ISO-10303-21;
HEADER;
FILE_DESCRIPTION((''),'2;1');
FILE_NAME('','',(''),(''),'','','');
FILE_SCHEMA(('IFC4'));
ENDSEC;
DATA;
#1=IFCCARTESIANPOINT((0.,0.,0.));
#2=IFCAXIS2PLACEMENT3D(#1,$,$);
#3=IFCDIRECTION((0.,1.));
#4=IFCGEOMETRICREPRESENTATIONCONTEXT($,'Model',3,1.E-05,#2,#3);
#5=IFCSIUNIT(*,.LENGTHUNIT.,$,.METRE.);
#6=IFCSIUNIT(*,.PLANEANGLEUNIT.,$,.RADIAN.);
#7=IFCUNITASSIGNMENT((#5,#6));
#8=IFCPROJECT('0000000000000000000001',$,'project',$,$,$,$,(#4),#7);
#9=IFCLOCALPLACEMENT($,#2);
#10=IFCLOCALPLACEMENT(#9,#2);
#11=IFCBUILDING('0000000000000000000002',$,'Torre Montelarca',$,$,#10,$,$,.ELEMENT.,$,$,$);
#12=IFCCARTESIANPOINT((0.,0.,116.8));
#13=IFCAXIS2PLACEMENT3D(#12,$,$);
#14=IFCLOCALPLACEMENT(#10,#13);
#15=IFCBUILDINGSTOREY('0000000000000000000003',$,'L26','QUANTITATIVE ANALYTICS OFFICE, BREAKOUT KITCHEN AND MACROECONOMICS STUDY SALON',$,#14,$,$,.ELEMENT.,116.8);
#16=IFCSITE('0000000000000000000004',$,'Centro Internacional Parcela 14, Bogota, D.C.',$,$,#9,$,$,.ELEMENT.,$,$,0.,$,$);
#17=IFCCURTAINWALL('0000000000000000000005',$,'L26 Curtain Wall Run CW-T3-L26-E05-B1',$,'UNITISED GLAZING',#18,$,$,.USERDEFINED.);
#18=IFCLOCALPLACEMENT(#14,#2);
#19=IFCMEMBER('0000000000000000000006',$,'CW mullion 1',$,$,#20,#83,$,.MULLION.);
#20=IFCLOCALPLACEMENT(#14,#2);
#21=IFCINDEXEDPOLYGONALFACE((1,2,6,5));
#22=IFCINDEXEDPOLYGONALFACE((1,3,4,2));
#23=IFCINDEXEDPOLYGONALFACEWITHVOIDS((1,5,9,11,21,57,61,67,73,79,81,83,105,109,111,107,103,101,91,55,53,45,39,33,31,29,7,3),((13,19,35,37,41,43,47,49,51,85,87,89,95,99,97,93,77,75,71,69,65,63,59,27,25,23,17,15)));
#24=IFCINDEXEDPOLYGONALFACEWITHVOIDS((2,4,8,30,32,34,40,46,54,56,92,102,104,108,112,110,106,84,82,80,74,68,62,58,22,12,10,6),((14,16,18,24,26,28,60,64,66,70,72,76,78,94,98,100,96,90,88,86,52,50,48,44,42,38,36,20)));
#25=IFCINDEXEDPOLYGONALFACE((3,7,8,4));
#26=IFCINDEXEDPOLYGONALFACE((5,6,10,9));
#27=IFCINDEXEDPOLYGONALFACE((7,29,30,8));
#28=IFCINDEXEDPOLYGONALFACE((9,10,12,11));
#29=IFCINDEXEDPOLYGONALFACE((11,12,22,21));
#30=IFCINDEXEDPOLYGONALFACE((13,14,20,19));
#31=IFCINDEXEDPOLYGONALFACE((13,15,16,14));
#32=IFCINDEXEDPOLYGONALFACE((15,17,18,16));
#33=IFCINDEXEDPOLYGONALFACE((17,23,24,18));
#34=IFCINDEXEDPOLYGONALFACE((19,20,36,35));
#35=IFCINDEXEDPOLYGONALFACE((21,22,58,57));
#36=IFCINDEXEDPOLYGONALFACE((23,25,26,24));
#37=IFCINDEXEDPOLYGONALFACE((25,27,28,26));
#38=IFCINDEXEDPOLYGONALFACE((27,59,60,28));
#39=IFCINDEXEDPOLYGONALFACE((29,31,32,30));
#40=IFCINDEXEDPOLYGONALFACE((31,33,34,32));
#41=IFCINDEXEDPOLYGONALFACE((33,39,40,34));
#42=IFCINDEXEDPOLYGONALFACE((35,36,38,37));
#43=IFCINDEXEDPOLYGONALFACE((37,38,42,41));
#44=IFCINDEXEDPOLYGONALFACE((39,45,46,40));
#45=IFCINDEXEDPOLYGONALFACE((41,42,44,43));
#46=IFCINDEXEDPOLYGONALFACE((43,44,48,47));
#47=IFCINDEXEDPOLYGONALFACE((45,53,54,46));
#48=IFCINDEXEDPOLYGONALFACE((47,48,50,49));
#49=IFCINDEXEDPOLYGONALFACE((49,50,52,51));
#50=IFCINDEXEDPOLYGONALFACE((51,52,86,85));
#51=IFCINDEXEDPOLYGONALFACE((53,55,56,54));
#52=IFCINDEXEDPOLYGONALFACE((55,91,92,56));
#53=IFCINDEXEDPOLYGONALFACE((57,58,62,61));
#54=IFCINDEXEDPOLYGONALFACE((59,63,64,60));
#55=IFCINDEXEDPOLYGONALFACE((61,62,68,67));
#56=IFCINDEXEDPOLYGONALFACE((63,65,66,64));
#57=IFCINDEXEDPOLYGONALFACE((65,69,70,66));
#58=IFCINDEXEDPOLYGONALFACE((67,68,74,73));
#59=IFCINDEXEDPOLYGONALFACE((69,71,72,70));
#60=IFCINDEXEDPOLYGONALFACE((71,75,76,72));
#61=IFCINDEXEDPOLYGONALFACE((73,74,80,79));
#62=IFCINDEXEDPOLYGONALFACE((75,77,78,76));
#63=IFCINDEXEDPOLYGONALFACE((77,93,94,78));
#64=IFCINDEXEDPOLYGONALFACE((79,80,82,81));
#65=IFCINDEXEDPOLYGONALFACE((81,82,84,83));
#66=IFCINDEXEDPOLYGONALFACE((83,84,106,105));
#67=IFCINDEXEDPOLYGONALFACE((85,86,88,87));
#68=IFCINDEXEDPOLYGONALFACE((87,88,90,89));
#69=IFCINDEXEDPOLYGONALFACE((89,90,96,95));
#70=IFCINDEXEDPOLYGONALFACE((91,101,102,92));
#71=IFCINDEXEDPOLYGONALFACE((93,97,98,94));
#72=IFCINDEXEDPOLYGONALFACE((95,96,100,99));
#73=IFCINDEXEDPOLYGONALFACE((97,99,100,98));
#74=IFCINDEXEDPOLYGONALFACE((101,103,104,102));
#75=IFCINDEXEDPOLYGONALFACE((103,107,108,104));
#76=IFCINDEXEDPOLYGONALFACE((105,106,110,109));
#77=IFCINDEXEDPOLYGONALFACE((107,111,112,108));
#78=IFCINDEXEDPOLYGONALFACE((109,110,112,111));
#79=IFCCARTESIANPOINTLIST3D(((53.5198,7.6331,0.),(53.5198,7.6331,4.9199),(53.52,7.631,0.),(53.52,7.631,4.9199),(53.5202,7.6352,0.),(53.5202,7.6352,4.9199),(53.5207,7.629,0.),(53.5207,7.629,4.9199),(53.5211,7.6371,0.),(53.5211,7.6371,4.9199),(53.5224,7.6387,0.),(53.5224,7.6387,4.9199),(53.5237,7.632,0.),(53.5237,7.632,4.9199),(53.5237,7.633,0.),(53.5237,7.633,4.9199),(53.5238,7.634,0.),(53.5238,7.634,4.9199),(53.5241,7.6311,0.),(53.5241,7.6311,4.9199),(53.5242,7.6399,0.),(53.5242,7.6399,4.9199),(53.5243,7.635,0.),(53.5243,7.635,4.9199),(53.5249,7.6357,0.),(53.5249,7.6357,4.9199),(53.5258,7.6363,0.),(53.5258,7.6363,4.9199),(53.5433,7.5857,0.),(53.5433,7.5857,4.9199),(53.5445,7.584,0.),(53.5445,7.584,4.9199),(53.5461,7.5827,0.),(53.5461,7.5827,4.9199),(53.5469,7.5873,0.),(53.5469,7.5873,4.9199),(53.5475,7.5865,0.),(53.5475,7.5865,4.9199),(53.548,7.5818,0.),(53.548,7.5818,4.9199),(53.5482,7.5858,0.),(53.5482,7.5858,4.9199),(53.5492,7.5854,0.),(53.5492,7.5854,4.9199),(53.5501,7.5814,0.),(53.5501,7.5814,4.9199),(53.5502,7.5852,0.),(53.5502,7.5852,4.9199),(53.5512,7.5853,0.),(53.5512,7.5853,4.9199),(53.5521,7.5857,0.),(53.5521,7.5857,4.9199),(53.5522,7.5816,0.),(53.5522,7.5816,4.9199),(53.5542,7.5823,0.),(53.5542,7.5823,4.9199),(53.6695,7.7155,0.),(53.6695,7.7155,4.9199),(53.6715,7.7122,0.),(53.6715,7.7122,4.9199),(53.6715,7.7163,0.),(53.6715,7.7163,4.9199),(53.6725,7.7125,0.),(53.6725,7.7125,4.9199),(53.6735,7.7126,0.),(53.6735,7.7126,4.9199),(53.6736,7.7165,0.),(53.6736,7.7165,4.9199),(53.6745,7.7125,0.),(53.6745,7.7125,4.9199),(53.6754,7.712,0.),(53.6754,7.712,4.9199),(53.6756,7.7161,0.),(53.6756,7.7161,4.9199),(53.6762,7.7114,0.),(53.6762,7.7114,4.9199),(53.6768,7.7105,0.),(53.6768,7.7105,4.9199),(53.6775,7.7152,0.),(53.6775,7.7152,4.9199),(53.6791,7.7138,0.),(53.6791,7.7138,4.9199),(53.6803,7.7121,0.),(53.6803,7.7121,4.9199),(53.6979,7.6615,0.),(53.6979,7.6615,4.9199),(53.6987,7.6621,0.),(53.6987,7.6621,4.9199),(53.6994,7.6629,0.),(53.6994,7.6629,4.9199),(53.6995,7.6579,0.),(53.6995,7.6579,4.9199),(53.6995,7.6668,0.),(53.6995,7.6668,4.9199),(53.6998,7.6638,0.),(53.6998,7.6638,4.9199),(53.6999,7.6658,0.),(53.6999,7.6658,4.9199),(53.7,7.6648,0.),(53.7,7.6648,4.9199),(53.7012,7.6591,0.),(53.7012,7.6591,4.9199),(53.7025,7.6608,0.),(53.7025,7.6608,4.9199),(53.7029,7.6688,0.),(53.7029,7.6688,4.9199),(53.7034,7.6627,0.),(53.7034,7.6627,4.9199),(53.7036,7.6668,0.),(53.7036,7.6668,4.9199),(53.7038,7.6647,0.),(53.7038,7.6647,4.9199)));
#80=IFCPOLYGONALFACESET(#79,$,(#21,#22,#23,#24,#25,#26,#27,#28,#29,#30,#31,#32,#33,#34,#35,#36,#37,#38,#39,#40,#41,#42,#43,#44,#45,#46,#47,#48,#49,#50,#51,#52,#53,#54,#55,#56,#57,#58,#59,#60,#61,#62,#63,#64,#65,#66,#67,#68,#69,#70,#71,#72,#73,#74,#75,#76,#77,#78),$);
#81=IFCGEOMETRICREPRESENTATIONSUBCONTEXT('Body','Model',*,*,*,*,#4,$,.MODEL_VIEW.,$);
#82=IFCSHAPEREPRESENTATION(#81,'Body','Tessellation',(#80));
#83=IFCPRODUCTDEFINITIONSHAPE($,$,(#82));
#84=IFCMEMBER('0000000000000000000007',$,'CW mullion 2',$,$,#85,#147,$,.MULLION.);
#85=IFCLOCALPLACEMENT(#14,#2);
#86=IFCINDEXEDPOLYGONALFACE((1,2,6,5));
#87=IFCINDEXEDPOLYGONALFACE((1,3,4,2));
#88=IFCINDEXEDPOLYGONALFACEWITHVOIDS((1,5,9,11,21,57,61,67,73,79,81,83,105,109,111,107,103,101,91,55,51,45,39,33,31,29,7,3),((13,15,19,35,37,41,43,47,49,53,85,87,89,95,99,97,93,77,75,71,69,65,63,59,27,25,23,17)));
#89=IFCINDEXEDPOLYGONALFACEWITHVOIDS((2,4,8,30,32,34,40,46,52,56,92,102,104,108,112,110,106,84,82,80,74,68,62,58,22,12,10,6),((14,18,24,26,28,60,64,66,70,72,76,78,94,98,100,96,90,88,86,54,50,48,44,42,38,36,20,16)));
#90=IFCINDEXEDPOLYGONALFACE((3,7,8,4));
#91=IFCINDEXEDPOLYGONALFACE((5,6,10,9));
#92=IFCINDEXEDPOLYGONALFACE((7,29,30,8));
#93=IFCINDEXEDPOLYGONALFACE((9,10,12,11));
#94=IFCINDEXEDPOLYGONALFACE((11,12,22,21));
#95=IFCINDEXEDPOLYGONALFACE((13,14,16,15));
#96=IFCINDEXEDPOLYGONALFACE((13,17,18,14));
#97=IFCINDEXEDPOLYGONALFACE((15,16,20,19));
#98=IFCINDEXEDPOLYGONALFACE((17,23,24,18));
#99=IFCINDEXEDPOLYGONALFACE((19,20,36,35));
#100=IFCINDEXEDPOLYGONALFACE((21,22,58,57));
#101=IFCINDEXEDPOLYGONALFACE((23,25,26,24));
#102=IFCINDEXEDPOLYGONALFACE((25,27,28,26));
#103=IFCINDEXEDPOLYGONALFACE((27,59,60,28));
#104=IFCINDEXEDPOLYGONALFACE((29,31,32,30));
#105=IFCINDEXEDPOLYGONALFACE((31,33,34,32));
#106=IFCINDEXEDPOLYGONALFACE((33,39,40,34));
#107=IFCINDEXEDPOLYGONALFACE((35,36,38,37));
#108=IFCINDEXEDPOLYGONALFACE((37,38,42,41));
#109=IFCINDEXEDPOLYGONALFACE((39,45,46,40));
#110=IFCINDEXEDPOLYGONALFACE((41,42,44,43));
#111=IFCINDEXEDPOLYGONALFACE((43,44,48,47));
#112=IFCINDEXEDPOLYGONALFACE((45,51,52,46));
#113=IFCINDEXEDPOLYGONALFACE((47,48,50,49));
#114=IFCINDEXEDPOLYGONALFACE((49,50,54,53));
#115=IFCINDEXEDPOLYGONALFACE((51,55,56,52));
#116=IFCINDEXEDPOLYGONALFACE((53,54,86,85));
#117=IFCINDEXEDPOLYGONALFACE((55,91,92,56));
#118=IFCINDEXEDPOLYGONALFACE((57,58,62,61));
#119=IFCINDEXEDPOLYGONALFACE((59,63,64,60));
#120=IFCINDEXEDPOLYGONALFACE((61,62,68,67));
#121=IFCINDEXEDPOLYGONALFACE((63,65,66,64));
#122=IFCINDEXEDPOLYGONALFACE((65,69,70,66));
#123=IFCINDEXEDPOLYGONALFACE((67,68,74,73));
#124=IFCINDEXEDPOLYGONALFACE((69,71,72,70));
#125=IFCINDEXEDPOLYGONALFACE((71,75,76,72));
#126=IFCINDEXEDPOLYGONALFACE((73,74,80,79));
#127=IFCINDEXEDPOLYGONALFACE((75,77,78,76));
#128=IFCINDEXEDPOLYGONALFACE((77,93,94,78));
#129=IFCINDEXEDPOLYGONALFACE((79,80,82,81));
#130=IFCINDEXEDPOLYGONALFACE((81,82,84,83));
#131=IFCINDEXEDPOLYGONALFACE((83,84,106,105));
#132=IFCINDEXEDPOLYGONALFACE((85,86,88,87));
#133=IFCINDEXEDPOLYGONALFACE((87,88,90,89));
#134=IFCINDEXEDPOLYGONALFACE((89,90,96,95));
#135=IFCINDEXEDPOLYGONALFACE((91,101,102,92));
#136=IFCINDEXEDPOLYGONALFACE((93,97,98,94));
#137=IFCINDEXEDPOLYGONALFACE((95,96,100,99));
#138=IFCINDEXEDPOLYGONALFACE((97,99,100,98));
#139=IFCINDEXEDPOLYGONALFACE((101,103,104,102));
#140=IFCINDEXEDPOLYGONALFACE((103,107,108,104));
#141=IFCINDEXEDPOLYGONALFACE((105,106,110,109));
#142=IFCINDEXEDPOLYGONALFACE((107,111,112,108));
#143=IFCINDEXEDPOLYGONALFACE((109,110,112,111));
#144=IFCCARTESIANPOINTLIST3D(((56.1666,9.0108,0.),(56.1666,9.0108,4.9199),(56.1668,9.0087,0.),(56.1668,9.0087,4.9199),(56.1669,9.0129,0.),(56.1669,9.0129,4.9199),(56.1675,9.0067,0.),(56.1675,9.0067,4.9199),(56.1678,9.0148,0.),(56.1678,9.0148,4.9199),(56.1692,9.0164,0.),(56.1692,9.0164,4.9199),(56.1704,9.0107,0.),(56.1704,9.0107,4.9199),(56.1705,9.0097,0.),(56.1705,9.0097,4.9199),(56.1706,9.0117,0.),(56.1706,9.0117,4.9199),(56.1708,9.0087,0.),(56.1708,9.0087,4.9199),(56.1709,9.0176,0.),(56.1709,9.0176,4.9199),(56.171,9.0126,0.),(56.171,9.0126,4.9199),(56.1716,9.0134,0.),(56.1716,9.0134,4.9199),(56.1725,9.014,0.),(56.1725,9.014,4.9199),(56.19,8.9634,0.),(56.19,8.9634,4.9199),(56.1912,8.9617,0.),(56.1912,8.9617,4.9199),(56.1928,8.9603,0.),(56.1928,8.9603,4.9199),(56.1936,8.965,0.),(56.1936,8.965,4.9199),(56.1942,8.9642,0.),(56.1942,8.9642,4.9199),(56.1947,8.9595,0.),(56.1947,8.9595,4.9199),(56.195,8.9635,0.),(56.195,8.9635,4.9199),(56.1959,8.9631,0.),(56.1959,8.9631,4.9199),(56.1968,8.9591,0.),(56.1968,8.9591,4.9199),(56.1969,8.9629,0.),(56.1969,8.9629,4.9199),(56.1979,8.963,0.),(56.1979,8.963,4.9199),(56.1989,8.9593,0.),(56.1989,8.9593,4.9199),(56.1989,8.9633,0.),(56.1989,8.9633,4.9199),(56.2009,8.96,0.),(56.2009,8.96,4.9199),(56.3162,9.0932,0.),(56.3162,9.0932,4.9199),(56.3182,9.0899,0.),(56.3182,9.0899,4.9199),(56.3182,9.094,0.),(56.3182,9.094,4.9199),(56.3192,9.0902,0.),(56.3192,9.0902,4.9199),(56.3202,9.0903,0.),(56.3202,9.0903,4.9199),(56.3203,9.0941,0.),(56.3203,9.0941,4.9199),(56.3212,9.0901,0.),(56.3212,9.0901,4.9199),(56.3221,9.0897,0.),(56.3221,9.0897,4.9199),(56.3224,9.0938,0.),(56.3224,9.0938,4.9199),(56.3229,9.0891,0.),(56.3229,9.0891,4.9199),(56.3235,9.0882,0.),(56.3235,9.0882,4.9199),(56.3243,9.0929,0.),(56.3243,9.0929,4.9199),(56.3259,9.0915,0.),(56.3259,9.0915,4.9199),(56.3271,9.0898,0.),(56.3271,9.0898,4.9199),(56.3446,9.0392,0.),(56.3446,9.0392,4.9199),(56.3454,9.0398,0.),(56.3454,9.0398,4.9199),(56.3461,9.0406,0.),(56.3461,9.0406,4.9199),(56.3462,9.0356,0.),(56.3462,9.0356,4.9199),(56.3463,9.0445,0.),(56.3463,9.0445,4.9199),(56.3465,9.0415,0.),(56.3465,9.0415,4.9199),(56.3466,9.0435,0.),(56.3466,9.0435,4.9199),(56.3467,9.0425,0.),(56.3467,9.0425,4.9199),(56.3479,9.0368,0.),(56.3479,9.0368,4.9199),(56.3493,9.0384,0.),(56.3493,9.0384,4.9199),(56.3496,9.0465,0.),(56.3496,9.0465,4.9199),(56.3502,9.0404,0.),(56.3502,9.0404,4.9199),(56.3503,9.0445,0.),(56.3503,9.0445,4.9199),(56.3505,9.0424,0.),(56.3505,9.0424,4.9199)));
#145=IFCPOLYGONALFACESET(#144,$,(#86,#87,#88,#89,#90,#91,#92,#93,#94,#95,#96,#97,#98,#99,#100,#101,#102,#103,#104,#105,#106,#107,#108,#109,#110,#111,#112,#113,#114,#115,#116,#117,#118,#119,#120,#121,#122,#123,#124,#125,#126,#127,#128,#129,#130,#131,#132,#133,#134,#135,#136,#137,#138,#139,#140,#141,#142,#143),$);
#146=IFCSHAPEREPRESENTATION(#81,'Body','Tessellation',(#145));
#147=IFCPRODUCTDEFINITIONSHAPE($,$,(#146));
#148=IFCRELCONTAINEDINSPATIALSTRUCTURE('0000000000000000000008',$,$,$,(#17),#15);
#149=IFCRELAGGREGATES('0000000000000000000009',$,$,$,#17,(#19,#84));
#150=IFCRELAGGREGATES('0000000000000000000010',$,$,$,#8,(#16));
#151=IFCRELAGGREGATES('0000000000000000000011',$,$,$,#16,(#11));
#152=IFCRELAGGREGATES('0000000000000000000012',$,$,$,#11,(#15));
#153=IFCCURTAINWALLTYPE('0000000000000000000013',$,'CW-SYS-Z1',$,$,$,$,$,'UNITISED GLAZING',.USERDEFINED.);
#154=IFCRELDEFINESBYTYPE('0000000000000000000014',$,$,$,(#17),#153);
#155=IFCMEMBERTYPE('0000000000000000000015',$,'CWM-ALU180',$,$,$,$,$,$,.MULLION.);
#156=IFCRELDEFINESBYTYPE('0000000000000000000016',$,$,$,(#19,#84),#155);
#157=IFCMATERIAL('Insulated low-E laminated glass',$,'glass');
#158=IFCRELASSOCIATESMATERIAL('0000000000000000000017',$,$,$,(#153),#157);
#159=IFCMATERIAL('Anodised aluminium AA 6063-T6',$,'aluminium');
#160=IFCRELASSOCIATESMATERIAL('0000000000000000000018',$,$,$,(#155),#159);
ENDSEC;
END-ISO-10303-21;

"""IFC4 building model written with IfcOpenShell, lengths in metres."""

from ifc_helpers import new_model, si_unit, direction, frame, origin, origin_2d, place, context, subcontext, project, spatial, hollow_rectangle, extrude, source, transform, mapped, material, material_profile, profile_set, type_object, element, aggregate, save


model = new_model("IFC4")

# Units and contexts
model_context = context("Model", 3, precision=1e-05, world=origin(), true_north=direction((0.0, 1.0)))
body_context = subcontext(model_context, "Body", "Model", "MODEL_VIEW")
ifc_project = project(units=[si_unit("LENGTHUNIT", "METRE"), si_unit("PLANEANGLEUNIT", "RADIAN")], contexts=[model_context])

# Site, building, storey
site_placement = place(None, origin())
site = spatial("IfcSite", under=ifc_project, at=site_placement, Name="Centro Internacional Parcela 14, Bogota, D.C.", CompositionType="ELEMENT", RefElevation=0.0)
building_placement = place(site_placement, origin())
building = spatial("IfcBuilding", under=site, at=building_placement, Name="Torre Montelarca", CompositionType="ELEMENT")
storey_placement = place(building_placement, frame((0.0, 0.0, 116.8)))
storey = spatial("IfcBuildingStorey", under=building, at=storey_placement, Name="L26", Description="QUANTITATIVE ANALYTICS OFFICE, BREAKOUT KITCHEN AND MACROECONOMICS STUDY SALON", CompositionType="ELEMENT", Elevation=116.8)

# Curtain wall
ifc_material_1 = material(Name="Insulated low-E laminated glass", Category="glass")
curtain_wall_type = type_object("IfcCurtainWallType", Name="CW-SYS-Z1", ElementType="UNITISED GLAZING", PredefinedType="USERDEFINED", material=ifc_material_1)
ifc_material_2 = material(Name="Anodised aluminium AA 6063-T6", Category="aluminium")
curtain_wall_1_placement = place(storey_placement, origin())
curtain_wall_1 = element("IfcCurtainWall", 1, at=curtain_wall_1_placement, inside=storey, type_object=curtain_wall_type, Name="L26 Curtain Wall Run CW-T3-L26-E05-B1", ObjectType="UNITISED GLAZING", PredefinedType="USERDEFINED")

# Members
ifc_material_profile_1 = material_profile(ifc_material_2, hollow_rectangle(XDim=0.0649, YDim=0.1799, WallThickness=0.0039, InnerFilletRadius=0.0039, OuterFilletRadius=0.0081, at=origin_2d()), Name="ALU65X180X4", Category="aluminium")
ifc_profile_set_1 = profile_set([ifc_material_profile_1], Name="Anodised aluminium AA 6063-T6")
member_type_1 = type_object("IfcMemberType", Name="CWM-ALU180", PredefinedType="MULLION", material=ifc_profile_set_1)
shared_shape_1 = source(origin(), body_context, "Body", "SweptSolid", [
    extrude(hollow_rectangle(XDim=0.0649, YDim=0.1799, WallThickness=0.0039, InnerFilletRadius=0.0039, OuterFilletRadius=0.0081, at=origin_2d()), origin(), (0.0, 0.0, 1.0), 4.9199),
])
member_1_placement = place(storey_placement, frame((53.6118, 7.6489, 0.0), z_axis=(0.0, 0.0, 1.0), x_axis=(-0.461729, 0.887021, 0.0)))
member_1 = element("IfcMember", 2, at=member_1_placement, type_object=member_type_1, Name="CW mullion 1", PredefinedType="MULLION", context=body_context, shape_type="MappedRepresentation", body=[
    mapped(shared_shape_1, transform((0.0, 0.0, 0.0), scale=1.0)),
])
member_2_placement = place(storey_placement, frame((56.2585, 9.0266, 0.0), z_axis=(0.0, 0.0, 1.0), x_axis=(-0.461729, 0.887021, 0.0)))
member_2 = element("IfcMember", 3, at=member_2_placement, type_object=member_type_1, Name="CW mullion 2", PredefinedType="MULLION", context=body_context, shape_type="MappedRepresentation", body=[
    mapped(shared_shape_1, transform((0.0, 0.0, 0.0), scale=1.0)),
])

aggregate(curtain_wall_1, [member_1, member_2])

save(model, "model.ifc")
